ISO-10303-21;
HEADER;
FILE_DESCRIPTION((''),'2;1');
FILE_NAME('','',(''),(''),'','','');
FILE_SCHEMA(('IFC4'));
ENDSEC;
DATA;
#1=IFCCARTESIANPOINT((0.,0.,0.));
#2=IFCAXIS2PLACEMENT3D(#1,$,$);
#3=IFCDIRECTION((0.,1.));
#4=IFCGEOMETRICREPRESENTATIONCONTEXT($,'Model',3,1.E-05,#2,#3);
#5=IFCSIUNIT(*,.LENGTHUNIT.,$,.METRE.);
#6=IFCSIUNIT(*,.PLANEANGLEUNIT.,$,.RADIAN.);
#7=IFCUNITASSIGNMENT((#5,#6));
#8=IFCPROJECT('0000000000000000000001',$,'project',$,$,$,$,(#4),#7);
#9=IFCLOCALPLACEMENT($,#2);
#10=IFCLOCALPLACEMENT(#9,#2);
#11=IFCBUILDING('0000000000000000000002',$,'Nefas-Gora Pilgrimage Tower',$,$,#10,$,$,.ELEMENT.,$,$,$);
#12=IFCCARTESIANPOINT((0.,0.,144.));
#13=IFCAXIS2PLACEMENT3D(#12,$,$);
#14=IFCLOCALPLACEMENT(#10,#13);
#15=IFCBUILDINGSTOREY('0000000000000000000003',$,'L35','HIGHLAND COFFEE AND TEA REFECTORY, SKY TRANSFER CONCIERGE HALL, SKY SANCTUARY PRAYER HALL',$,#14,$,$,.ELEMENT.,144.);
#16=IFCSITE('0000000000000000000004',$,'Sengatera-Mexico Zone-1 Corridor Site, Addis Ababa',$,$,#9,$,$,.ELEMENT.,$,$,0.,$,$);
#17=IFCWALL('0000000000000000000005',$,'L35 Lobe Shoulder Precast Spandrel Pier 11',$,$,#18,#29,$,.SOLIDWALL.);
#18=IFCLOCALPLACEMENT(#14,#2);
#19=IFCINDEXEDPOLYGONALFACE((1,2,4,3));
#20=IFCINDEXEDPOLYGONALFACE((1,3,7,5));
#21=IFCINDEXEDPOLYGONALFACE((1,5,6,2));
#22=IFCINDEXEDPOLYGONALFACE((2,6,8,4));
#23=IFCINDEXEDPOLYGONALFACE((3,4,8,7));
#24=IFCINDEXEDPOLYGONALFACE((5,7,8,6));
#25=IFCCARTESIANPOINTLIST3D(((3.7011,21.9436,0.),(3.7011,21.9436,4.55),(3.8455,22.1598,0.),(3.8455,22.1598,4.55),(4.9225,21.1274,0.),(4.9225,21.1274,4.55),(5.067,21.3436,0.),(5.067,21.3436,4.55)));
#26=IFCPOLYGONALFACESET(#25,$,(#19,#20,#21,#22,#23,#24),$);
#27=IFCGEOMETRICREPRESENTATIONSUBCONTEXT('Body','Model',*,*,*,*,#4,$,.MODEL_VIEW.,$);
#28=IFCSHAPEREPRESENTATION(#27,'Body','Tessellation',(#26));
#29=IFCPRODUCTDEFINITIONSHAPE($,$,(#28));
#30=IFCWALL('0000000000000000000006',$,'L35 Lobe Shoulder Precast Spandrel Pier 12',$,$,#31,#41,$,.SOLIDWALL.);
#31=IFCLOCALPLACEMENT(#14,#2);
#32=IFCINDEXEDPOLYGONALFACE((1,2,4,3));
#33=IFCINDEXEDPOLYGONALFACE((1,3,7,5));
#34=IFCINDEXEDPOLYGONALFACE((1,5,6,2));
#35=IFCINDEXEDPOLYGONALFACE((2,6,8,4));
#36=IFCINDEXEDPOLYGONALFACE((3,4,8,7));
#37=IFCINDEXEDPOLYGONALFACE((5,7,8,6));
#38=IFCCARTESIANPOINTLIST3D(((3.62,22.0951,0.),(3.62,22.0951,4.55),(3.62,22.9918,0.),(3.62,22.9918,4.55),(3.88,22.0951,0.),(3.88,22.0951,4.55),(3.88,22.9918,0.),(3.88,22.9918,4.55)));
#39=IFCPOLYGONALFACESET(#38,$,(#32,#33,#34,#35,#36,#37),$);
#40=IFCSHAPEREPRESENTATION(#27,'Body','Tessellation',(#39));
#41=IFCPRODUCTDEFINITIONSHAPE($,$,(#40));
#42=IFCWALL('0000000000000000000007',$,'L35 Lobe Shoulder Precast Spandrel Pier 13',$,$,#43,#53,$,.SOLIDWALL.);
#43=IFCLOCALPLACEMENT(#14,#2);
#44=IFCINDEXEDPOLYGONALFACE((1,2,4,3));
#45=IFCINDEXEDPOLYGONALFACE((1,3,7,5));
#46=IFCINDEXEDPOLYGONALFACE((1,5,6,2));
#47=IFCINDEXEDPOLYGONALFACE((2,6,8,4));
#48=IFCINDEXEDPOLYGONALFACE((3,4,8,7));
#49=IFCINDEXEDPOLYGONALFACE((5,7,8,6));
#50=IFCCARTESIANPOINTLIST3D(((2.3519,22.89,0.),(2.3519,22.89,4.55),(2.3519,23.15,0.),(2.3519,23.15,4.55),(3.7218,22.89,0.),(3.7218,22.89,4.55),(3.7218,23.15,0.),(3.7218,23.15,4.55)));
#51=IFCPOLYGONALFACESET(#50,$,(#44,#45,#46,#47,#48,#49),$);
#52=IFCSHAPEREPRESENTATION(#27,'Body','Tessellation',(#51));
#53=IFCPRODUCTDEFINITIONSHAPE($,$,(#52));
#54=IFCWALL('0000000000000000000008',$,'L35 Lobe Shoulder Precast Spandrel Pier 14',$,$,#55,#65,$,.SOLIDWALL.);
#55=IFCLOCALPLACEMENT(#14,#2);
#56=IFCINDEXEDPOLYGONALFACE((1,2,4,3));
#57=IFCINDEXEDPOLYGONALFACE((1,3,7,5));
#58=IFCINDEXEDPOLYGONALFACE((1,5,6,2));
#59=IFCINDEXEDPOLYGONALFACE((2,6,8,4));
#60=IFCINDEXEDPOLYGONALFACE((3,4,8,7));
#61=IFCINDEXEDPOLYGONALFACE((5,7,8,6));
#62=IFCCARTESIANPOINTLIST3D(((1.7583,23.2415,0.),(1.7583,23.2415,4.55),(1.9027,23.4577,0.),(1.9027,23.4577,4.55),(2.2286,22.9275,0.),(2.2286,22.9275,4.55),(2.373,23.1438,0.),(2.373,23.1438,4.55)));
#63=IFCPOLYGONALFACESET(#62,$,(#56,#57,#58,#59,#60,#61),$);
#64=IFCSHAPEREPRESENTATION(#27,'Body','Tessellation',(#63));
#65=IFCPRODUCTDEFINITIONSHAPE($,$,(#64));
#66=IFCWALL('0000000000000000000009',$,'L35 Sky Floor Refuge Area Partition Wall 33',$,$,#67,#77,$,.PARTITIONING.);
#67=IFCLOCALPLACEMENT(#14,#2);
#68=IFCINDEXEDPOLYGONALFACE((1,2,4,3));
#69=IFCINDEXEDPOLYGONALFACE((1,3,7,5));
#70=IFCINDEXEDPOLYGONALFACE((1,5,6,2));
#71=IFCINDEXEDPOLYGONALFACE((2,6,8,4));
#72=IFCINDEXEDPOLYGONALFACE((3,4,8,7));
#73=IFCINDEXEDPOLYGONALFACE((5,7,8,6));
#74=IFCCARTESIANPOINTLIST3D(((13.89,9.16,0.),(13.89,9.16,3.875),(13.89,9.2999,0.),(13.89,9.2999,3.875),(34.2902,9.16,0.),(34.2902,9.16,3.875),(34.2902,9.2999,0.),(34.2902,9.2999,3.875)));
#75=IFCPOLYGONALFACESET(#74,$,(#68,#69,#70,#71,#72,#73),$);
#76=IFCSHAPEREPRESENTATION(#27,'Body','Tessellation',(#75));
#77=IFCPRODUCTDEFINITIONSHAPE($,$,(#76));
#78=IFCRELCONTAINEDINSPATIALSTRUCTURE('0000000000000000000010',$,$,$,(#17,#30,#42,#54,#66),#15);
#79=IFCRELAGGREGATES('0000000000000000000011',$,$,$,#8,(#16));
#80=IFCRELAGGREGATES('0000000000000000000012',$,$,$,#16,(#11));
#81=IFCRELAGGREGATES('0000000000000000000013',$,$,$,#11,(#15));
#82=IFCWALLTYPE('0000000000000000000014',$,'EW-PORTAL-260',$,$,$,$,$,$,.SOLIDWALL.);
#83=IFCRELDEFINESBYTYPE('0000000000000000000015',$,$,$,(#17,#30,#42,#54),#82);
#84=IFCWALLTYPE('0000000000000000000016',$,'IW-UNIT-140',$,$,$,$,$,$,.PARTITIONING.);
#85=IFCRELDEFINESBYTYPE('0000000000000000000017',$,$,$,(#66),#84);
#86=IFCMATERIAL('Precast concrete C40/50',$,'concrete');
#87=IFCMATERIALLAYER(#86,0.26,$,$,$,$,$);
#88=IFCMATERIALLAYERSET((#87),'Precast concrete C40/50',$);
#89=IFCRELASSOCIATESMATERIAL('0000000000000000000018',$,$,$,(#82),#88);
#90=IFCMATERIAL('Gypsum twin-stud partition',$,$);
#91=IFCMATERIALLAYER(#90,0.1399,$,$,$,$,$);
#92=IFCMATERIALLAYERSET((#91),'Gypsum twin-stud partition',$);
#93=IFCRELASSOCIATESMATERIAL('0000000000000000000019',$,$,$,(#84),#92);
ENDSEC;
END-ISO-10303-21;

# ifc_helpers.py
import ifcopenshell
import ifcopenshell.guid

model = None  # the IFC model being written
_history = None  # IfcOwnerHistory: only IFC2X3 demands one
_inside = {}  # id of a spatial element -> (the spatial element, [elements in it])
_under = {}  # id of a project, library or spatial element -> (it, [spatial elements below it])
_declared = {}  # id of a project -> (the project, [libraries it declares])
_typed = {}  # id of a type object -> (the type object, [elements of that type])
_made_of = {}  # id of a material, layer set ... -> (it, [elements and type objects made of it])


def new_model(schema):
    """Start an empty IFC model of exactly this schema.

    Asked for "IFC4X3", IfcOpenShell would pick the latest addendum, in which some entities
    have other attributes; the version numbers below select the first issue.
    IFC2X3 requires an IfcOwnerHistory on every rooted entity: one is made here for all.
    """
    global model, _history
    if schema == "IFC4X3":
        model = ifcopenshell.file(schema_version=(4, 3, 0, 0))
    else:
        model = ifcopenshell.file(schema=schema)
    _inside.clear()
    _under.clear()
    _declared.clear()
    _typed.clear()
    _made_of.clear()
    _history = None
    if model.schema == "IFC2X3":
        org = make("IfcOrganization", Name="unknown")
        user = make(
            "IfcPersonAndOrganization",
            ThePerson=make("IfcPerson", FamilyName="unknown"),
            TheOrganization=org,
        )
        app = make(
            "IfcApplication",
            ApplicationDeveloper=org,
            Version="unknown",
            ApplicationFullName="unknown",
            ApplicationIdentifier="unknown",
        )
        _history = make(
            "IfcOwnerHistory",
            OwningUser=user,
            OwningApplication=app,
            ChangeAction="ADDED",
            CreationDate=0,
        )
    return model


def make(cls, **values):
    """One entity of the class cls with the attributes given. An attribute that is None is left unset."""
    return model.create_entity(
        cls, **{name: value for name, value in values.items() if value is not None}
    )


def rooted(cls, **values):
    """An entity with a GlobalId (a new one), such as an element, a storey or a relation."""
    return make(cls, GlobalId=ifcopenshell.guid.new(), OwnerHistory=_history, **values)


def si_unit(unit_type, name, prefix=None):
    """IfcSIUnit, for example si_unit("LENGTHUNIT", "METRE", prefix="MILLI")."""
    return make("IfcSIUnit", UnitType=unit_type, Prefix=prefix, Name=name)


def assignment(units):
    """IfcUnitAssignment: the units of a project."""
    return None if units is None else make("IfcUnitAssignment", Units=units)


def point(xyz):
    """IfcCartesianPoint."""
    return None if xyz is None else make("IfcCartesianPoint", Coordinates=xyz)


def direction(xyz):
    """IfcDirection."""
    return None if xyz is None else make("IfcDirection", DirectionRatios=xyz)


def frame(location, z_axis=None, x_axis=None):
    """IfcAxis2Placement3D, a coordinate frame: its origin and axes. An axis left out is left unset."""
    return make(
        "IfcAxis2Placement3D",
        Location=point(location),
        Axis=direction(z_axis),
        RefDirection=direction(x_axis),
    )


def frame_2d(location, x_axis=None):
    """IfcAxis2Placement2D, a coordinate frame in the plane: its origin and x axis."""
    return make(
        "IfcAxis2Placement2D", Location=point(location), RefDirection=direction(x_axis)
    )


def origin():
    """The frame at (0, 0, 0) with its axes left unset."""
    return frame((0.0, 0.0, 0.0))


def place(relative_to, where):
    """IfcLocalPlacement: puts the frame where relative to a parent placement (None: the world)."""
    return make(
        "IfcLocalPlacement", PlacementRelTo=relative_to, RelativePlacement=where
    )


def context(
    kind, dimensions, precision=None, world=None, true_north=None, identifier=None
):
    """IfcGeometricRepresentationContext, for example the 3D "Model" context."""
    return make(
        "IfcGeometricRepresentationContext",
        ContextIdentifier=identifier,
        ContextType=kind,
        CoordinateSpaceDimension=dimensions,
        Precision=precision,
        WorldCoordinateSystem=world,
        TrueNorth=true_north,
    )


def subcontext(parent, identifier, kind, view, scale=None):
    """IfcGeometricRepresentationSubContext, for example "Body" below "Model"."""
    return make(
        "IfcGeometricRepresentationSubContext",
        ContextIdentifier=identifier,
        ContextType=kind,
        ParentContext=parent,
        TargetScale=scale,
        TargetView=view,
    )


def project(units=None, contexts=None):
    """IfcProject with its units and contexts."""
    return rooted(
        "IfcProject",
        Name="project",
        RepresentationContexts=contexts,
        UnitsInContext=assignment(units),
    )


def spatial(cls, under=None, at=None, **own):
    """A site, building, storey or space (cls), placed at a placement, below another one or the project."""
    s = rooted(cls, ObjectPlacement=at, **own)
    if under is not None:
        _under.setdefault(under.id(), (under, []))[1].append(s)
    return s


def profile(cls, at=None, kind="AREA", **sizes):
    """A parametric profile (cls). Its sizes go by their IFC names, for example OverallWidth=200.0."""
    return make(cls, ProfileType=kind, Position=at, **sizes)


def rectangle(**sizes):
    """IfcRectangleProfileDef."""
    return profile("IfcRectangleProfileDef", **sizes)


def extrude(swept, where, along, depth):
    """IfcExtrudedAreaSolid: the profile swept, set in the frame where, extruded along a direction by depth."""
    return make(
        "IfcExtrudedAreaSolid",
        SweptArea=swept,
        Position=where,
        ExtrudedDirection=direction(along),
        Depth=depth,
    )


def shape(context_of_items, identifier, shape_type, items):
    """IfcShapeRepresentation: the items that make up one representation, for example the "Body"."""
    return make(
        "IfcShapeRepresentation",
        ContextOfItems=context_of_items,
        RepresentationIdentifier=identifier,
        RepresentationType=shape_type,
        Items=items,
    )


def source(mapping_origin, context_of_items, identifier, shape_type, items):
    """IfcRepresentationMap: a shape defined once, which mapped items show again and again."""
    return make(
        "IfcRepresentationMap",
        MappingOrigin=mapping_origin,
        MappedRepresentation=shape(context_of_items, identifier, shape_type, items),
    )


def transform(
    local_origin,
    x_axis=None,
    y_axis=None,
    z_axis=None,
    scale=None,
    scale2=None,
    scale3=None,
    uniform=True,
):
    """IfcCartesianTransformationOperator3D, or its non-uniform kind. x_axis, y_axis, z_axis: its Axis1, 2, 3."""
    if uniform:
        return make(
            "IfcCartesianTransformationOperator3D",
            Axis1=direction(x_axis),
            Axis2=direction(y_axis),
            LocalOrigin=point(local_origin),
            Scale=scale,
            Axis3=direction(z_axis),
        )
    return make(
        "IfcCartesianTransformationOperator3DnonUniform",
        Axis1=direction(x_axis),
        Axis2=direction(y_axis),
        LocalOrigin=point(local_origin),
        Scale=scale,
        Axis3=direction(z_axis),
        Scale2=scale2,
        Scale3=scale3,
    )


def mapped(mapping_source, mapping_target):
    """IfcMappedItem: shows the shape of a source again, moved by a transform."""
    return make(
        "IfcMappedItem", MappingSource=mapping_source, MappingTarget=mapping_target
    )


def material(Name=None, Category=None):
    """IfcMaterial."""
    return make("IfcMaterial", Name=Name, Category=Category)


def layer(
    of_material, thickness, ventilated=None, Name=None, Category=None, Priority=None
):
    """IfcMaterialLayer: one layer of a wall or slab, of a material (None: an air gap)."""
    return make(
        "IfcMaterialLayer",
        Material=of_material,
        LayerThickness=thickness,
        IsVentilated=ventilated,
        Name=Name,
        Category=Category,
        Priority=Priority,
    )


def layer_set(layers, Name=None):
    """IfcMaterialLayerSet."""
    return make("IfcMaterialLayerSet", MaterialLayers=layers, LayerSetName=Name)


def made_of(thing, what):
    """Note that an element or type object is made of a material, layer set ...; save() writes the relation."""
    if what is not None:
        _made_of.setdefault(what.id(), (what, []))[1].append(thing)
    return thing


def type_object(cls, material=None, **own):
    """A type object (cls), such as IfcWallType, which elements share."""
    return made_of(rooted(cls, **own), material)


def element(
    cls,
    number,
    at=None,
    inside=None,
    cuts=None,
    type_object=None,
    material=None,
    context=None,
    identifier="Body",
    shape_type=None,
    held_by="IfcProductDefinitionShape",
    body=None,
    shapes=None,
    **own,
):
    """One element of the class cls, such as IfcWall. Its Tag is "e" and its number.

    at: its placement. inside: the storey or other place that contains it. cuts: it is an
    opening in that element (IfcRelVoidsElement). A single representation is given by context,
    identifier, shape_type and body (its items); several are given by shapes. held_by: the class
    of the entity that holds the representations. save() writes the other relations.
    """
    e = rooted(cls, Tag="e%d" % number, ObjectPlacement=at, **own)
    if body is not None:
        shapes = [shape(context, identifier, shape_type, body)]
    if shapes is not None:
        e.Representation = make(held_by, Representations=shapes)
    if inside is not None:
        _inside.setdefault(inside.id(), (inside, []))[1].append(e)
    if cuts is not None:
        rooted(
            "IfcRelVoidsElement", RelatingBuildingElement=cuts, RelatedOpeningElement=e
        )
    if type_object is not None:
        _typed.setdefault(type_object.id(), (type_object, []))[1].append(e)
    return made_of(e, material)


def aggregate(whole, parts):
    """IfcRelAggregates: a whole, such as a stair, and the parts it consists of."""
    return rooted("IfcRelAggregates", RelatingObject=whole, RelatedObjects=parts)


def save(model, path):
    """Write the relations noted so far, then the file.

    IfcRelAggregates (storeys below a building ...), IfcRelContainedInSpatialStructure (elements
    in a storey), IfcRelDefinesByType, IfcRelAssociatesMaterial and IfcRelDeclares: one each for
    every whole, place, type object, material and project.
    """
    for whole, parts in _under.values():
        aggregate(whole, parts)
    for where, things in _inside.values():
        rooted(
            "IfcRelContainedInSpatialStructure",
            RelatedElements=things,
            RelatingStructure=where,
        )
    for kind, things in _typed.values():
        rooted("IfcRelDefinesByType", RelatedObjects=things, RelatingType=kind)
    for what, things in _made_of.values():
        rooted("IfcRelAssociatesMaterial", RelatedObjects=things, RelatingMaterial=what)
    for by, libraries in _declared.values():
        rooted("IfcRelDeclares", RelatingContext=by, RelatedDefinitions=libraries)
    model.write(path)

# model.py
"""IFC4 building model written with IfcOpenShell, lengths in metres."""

from ifc_helpers import new_model, si_unit, direction, frame, frame_2d, origin, place, context, subcontext, project, spatial, rectangle, extrude, source, transform, mapped, material, layer, layer_set, type_object, element, save


model = new_model("IFC4")

# Units and contexts
model_context = context("Model", 3, precision=1e-05, world=origin(), true_north=direction((0.0, 1.0)))
body_context = subcontext(model_context, "Body", "Model", "MODEL_VIEW")
ifc_project = project(units=[si_unit("LENGTHUNIT", "METRE"), si_unit("PLANEANGLEUNIT", "RADIAN")], contexts=[model_context])

# Site, building, storey
site_placement = place(None, origin())
site = spatial("IfcSite", under=ifc_project, at=site_placement, Name="Sengatera-Mexico Zone-1 Corridor Site, Addis Ababa", CompositionType="ELEMENT", RefElevation=0.0)
building_placement = place(site_placement, origin())
building = spatial("IfcBuilding", under=site, at=building_placement, Name="Nefas-Gora Pilgrimage Tower", CompositionType="ELEMENT")
storey_placement = place(building_placement, frame((0.0, 0.0, 144.0)))
storey = spatial("IfcBuildingStorey", under=building, at=storey_placement, Name="L35", Description="HIGHLAND COFFEE AND TEA REFECTORY, SKY TRANSFER CONCIERGE HALL, SKY SANCTUARY PRAYER HALL", CompositionType="ELEMENT", Elevation=144.0)

# Walls
ifc_material_1 = material(Name="Precast concrete C40/50", Category="concrete")
ifc_layer_1 = layer(ifc_material_1, 0.26)
ifc_layer_set_1 = layer_set([ifc_layer_1], Name="Precast concrete C40/50")
wall_type_1 = type_object("IfcWallType", Name="EW-PORTAL-260", PredefinedType="SOLIDWALL", material=ifc_layer_set_1)
shared_shape_1 = source(origin(), body_context, "Body", "SweptSolid", [
    extrude(rectangle(XDim=1.469, YDim=0.26, at=frame_2d((0.7344, 0.0))), origin(), (0.0, 0.0, 1.0), 4.55),
])
wall_1_placement = place(storey_placement, frame((4.9946, 21.2356, 0.0), z_axis=(0.0, 0.0, 1.0), x_axis=(-0.831462, 0.555582, 0.0)))
element("IfcWall", 1, at=wall_1_placement, inside=storey, type_object=wall_type_1, Name="L35 Lobe Shoulder Precast Spandrel Pier 11", PredefinedType="SOLIDWALL", context=body_context, shape_type="MappedRepresentation", body=[
    mapped(shared_shape_1, transform((0.0, 0.0, 0.0), x_axis=(1.0, 0.0, 0.0), y_axis=(0.0, 1.0, 0.0), z_axis=(0.0, 0.0, 1.0), scale=1.0)),
])
shared_shape_2 = source(origin(), body_context, "Body", "SweptSolid", [
    extrude(rectangle(XDim=0.8967, YDim=0.26, at=frame_2d((0.4482, 0.0))), origin(), (0.0, 0.0, 1.0), 4.55),
])
wall_2_placement = place(storey_placement, frame((3.75, 22.0952, 0.0), z_axis=(0.0, 0.0, 1.0), x_axis=(0.0, 1.0, 0.0)))
element("IfcWall", 2, at=wall_2_placement, inside=storey, type_object=wall_type_1, Name="L35 Lobe Shoulder Precast Spandrel Pier 12", PredefinedType="SOLIDWALL", context=body_context, shape_type="MappedRepresentation", body=[
    mapped(shared_shape_2, transform((0.0, 0.0, 0.0), x_axis=(1.0, 0.0, 0.0), y_axis=(0.0, 1.0, 0.0), z_axis=(0.0, 0.0, 1.0), scale=1.0)),
])
shared_shape_3 = source(origin(), body_context, "Body", "SweptSolid", [
    extrude(rectangle(XDim=1.3699, YDim=0.26, at=frame_2d((0.6851, 0.0))), origin(), (0.0, 0.0, 1.0), 4.55),
])
wall_3_placement = place(storey_placement, frame((3.7219, 23.02, 0.0), z_axis=(0.0, 0.0, 1.0), x_axis=(-1.0, 0.0, 0.0)))
element("IfcWall", 3, at=wall_3_placement, inside=storey, type_object=wall_type_1, Name="L35 Lobe Shoulder Precast Spandrel Pier 13", PredefinedType="SOLIDWALL", context=body_context, shape_type="MappedRepresentation", body=[
    mapped(shared_shape_3, transform((0.0, 0.0, 0.0), x_axis=(1.0, 0.0, 0.0), y_axis=(0.0, 1.0, 0.0), z_axis=(0.0, 0.0, 1.0), scale=1.0)),
])
shared_shape_4 = source(origin(), body_context, "Body", "SweptSolid", [
    extrude(rectangle(XDim=0.5654, YDim=0.26, at=frame_2d((0.2827, 0.0))), origin(), (0.0, 0.0, 1.0), 4.55),
])
wall_4_placement = place(storey_placement, frame((2.3008, 23.0356, 0.0), z_axis=(0.0, 0.0, 1.0), x_axis=(-0.831651, 0.555298, 0.0)))
element("IfcWall", 4, at=wall_4_placement, inside=storey, type_object=wall_type_1, Name="L35 Lobe Shoulder Precast Spandrel Pier 14", PredefinedType="SOLIDWALL", context=body_context, shape_type="MappedRepresentation", body=[
    mapped(shared_shape_4, transform((0.0, 0.0, 0.0), x_axis=(1.0, 0.0, 0.0), y_axis=(0.0, 1.0, 0.0), z_axis=(0.0, 0.0, 1.0), scale=1.0)),
])
ifc_material_2 = material(Name="Gypsum twin-stud partition")
ifc_layer_2 = layer(ifc_material_2, 0.1399)
ifc_layer_set_2 = layer_set([ifc_layer_2], Name="Gypsum twin-stud partition")
wall_type_2 = type_object("IfcWallType", Name="IW-UNIT-140", PredefinedType="PARTITIONING", material=ifc_layer_set_2)
shared_shape_5 = source(origin(), body_context, "Body", "SweptSolid", [
    extrude(rectangle(XDim=20.4001, YDim=0.1399, at=frame_2d((10.2002, 0.0))), origin(), (0.0, 0.0, 1.0), 3.875),
])
wall_5_placement = place(storey_placement, frame((13.8899, 9.23, 0.0), z_axis=(0.0, 0.0, 1.0), x_axis=(1.0, 0.0, 0.0)))
element("IfcWall", 5, at=wall_5_placement, inside=storey, type_object=wall_type_2, Name="L35 Sky Floor Refuge Area Partition Wall 33", PredefinedType="PARTITIONING", context=body_context, shape_type="MappedRepresentation", body=[
    mapped(shared_shape_5, transform((0.0, 0.0, 0.0), x_axis=(1.0, 0.0, 0.0), y_axis=(0.0, 1.0, 0.0), z_axis=(0.0, 0.0, 1.0), scale=1.0)),
])

save(model, "model.ifc")
